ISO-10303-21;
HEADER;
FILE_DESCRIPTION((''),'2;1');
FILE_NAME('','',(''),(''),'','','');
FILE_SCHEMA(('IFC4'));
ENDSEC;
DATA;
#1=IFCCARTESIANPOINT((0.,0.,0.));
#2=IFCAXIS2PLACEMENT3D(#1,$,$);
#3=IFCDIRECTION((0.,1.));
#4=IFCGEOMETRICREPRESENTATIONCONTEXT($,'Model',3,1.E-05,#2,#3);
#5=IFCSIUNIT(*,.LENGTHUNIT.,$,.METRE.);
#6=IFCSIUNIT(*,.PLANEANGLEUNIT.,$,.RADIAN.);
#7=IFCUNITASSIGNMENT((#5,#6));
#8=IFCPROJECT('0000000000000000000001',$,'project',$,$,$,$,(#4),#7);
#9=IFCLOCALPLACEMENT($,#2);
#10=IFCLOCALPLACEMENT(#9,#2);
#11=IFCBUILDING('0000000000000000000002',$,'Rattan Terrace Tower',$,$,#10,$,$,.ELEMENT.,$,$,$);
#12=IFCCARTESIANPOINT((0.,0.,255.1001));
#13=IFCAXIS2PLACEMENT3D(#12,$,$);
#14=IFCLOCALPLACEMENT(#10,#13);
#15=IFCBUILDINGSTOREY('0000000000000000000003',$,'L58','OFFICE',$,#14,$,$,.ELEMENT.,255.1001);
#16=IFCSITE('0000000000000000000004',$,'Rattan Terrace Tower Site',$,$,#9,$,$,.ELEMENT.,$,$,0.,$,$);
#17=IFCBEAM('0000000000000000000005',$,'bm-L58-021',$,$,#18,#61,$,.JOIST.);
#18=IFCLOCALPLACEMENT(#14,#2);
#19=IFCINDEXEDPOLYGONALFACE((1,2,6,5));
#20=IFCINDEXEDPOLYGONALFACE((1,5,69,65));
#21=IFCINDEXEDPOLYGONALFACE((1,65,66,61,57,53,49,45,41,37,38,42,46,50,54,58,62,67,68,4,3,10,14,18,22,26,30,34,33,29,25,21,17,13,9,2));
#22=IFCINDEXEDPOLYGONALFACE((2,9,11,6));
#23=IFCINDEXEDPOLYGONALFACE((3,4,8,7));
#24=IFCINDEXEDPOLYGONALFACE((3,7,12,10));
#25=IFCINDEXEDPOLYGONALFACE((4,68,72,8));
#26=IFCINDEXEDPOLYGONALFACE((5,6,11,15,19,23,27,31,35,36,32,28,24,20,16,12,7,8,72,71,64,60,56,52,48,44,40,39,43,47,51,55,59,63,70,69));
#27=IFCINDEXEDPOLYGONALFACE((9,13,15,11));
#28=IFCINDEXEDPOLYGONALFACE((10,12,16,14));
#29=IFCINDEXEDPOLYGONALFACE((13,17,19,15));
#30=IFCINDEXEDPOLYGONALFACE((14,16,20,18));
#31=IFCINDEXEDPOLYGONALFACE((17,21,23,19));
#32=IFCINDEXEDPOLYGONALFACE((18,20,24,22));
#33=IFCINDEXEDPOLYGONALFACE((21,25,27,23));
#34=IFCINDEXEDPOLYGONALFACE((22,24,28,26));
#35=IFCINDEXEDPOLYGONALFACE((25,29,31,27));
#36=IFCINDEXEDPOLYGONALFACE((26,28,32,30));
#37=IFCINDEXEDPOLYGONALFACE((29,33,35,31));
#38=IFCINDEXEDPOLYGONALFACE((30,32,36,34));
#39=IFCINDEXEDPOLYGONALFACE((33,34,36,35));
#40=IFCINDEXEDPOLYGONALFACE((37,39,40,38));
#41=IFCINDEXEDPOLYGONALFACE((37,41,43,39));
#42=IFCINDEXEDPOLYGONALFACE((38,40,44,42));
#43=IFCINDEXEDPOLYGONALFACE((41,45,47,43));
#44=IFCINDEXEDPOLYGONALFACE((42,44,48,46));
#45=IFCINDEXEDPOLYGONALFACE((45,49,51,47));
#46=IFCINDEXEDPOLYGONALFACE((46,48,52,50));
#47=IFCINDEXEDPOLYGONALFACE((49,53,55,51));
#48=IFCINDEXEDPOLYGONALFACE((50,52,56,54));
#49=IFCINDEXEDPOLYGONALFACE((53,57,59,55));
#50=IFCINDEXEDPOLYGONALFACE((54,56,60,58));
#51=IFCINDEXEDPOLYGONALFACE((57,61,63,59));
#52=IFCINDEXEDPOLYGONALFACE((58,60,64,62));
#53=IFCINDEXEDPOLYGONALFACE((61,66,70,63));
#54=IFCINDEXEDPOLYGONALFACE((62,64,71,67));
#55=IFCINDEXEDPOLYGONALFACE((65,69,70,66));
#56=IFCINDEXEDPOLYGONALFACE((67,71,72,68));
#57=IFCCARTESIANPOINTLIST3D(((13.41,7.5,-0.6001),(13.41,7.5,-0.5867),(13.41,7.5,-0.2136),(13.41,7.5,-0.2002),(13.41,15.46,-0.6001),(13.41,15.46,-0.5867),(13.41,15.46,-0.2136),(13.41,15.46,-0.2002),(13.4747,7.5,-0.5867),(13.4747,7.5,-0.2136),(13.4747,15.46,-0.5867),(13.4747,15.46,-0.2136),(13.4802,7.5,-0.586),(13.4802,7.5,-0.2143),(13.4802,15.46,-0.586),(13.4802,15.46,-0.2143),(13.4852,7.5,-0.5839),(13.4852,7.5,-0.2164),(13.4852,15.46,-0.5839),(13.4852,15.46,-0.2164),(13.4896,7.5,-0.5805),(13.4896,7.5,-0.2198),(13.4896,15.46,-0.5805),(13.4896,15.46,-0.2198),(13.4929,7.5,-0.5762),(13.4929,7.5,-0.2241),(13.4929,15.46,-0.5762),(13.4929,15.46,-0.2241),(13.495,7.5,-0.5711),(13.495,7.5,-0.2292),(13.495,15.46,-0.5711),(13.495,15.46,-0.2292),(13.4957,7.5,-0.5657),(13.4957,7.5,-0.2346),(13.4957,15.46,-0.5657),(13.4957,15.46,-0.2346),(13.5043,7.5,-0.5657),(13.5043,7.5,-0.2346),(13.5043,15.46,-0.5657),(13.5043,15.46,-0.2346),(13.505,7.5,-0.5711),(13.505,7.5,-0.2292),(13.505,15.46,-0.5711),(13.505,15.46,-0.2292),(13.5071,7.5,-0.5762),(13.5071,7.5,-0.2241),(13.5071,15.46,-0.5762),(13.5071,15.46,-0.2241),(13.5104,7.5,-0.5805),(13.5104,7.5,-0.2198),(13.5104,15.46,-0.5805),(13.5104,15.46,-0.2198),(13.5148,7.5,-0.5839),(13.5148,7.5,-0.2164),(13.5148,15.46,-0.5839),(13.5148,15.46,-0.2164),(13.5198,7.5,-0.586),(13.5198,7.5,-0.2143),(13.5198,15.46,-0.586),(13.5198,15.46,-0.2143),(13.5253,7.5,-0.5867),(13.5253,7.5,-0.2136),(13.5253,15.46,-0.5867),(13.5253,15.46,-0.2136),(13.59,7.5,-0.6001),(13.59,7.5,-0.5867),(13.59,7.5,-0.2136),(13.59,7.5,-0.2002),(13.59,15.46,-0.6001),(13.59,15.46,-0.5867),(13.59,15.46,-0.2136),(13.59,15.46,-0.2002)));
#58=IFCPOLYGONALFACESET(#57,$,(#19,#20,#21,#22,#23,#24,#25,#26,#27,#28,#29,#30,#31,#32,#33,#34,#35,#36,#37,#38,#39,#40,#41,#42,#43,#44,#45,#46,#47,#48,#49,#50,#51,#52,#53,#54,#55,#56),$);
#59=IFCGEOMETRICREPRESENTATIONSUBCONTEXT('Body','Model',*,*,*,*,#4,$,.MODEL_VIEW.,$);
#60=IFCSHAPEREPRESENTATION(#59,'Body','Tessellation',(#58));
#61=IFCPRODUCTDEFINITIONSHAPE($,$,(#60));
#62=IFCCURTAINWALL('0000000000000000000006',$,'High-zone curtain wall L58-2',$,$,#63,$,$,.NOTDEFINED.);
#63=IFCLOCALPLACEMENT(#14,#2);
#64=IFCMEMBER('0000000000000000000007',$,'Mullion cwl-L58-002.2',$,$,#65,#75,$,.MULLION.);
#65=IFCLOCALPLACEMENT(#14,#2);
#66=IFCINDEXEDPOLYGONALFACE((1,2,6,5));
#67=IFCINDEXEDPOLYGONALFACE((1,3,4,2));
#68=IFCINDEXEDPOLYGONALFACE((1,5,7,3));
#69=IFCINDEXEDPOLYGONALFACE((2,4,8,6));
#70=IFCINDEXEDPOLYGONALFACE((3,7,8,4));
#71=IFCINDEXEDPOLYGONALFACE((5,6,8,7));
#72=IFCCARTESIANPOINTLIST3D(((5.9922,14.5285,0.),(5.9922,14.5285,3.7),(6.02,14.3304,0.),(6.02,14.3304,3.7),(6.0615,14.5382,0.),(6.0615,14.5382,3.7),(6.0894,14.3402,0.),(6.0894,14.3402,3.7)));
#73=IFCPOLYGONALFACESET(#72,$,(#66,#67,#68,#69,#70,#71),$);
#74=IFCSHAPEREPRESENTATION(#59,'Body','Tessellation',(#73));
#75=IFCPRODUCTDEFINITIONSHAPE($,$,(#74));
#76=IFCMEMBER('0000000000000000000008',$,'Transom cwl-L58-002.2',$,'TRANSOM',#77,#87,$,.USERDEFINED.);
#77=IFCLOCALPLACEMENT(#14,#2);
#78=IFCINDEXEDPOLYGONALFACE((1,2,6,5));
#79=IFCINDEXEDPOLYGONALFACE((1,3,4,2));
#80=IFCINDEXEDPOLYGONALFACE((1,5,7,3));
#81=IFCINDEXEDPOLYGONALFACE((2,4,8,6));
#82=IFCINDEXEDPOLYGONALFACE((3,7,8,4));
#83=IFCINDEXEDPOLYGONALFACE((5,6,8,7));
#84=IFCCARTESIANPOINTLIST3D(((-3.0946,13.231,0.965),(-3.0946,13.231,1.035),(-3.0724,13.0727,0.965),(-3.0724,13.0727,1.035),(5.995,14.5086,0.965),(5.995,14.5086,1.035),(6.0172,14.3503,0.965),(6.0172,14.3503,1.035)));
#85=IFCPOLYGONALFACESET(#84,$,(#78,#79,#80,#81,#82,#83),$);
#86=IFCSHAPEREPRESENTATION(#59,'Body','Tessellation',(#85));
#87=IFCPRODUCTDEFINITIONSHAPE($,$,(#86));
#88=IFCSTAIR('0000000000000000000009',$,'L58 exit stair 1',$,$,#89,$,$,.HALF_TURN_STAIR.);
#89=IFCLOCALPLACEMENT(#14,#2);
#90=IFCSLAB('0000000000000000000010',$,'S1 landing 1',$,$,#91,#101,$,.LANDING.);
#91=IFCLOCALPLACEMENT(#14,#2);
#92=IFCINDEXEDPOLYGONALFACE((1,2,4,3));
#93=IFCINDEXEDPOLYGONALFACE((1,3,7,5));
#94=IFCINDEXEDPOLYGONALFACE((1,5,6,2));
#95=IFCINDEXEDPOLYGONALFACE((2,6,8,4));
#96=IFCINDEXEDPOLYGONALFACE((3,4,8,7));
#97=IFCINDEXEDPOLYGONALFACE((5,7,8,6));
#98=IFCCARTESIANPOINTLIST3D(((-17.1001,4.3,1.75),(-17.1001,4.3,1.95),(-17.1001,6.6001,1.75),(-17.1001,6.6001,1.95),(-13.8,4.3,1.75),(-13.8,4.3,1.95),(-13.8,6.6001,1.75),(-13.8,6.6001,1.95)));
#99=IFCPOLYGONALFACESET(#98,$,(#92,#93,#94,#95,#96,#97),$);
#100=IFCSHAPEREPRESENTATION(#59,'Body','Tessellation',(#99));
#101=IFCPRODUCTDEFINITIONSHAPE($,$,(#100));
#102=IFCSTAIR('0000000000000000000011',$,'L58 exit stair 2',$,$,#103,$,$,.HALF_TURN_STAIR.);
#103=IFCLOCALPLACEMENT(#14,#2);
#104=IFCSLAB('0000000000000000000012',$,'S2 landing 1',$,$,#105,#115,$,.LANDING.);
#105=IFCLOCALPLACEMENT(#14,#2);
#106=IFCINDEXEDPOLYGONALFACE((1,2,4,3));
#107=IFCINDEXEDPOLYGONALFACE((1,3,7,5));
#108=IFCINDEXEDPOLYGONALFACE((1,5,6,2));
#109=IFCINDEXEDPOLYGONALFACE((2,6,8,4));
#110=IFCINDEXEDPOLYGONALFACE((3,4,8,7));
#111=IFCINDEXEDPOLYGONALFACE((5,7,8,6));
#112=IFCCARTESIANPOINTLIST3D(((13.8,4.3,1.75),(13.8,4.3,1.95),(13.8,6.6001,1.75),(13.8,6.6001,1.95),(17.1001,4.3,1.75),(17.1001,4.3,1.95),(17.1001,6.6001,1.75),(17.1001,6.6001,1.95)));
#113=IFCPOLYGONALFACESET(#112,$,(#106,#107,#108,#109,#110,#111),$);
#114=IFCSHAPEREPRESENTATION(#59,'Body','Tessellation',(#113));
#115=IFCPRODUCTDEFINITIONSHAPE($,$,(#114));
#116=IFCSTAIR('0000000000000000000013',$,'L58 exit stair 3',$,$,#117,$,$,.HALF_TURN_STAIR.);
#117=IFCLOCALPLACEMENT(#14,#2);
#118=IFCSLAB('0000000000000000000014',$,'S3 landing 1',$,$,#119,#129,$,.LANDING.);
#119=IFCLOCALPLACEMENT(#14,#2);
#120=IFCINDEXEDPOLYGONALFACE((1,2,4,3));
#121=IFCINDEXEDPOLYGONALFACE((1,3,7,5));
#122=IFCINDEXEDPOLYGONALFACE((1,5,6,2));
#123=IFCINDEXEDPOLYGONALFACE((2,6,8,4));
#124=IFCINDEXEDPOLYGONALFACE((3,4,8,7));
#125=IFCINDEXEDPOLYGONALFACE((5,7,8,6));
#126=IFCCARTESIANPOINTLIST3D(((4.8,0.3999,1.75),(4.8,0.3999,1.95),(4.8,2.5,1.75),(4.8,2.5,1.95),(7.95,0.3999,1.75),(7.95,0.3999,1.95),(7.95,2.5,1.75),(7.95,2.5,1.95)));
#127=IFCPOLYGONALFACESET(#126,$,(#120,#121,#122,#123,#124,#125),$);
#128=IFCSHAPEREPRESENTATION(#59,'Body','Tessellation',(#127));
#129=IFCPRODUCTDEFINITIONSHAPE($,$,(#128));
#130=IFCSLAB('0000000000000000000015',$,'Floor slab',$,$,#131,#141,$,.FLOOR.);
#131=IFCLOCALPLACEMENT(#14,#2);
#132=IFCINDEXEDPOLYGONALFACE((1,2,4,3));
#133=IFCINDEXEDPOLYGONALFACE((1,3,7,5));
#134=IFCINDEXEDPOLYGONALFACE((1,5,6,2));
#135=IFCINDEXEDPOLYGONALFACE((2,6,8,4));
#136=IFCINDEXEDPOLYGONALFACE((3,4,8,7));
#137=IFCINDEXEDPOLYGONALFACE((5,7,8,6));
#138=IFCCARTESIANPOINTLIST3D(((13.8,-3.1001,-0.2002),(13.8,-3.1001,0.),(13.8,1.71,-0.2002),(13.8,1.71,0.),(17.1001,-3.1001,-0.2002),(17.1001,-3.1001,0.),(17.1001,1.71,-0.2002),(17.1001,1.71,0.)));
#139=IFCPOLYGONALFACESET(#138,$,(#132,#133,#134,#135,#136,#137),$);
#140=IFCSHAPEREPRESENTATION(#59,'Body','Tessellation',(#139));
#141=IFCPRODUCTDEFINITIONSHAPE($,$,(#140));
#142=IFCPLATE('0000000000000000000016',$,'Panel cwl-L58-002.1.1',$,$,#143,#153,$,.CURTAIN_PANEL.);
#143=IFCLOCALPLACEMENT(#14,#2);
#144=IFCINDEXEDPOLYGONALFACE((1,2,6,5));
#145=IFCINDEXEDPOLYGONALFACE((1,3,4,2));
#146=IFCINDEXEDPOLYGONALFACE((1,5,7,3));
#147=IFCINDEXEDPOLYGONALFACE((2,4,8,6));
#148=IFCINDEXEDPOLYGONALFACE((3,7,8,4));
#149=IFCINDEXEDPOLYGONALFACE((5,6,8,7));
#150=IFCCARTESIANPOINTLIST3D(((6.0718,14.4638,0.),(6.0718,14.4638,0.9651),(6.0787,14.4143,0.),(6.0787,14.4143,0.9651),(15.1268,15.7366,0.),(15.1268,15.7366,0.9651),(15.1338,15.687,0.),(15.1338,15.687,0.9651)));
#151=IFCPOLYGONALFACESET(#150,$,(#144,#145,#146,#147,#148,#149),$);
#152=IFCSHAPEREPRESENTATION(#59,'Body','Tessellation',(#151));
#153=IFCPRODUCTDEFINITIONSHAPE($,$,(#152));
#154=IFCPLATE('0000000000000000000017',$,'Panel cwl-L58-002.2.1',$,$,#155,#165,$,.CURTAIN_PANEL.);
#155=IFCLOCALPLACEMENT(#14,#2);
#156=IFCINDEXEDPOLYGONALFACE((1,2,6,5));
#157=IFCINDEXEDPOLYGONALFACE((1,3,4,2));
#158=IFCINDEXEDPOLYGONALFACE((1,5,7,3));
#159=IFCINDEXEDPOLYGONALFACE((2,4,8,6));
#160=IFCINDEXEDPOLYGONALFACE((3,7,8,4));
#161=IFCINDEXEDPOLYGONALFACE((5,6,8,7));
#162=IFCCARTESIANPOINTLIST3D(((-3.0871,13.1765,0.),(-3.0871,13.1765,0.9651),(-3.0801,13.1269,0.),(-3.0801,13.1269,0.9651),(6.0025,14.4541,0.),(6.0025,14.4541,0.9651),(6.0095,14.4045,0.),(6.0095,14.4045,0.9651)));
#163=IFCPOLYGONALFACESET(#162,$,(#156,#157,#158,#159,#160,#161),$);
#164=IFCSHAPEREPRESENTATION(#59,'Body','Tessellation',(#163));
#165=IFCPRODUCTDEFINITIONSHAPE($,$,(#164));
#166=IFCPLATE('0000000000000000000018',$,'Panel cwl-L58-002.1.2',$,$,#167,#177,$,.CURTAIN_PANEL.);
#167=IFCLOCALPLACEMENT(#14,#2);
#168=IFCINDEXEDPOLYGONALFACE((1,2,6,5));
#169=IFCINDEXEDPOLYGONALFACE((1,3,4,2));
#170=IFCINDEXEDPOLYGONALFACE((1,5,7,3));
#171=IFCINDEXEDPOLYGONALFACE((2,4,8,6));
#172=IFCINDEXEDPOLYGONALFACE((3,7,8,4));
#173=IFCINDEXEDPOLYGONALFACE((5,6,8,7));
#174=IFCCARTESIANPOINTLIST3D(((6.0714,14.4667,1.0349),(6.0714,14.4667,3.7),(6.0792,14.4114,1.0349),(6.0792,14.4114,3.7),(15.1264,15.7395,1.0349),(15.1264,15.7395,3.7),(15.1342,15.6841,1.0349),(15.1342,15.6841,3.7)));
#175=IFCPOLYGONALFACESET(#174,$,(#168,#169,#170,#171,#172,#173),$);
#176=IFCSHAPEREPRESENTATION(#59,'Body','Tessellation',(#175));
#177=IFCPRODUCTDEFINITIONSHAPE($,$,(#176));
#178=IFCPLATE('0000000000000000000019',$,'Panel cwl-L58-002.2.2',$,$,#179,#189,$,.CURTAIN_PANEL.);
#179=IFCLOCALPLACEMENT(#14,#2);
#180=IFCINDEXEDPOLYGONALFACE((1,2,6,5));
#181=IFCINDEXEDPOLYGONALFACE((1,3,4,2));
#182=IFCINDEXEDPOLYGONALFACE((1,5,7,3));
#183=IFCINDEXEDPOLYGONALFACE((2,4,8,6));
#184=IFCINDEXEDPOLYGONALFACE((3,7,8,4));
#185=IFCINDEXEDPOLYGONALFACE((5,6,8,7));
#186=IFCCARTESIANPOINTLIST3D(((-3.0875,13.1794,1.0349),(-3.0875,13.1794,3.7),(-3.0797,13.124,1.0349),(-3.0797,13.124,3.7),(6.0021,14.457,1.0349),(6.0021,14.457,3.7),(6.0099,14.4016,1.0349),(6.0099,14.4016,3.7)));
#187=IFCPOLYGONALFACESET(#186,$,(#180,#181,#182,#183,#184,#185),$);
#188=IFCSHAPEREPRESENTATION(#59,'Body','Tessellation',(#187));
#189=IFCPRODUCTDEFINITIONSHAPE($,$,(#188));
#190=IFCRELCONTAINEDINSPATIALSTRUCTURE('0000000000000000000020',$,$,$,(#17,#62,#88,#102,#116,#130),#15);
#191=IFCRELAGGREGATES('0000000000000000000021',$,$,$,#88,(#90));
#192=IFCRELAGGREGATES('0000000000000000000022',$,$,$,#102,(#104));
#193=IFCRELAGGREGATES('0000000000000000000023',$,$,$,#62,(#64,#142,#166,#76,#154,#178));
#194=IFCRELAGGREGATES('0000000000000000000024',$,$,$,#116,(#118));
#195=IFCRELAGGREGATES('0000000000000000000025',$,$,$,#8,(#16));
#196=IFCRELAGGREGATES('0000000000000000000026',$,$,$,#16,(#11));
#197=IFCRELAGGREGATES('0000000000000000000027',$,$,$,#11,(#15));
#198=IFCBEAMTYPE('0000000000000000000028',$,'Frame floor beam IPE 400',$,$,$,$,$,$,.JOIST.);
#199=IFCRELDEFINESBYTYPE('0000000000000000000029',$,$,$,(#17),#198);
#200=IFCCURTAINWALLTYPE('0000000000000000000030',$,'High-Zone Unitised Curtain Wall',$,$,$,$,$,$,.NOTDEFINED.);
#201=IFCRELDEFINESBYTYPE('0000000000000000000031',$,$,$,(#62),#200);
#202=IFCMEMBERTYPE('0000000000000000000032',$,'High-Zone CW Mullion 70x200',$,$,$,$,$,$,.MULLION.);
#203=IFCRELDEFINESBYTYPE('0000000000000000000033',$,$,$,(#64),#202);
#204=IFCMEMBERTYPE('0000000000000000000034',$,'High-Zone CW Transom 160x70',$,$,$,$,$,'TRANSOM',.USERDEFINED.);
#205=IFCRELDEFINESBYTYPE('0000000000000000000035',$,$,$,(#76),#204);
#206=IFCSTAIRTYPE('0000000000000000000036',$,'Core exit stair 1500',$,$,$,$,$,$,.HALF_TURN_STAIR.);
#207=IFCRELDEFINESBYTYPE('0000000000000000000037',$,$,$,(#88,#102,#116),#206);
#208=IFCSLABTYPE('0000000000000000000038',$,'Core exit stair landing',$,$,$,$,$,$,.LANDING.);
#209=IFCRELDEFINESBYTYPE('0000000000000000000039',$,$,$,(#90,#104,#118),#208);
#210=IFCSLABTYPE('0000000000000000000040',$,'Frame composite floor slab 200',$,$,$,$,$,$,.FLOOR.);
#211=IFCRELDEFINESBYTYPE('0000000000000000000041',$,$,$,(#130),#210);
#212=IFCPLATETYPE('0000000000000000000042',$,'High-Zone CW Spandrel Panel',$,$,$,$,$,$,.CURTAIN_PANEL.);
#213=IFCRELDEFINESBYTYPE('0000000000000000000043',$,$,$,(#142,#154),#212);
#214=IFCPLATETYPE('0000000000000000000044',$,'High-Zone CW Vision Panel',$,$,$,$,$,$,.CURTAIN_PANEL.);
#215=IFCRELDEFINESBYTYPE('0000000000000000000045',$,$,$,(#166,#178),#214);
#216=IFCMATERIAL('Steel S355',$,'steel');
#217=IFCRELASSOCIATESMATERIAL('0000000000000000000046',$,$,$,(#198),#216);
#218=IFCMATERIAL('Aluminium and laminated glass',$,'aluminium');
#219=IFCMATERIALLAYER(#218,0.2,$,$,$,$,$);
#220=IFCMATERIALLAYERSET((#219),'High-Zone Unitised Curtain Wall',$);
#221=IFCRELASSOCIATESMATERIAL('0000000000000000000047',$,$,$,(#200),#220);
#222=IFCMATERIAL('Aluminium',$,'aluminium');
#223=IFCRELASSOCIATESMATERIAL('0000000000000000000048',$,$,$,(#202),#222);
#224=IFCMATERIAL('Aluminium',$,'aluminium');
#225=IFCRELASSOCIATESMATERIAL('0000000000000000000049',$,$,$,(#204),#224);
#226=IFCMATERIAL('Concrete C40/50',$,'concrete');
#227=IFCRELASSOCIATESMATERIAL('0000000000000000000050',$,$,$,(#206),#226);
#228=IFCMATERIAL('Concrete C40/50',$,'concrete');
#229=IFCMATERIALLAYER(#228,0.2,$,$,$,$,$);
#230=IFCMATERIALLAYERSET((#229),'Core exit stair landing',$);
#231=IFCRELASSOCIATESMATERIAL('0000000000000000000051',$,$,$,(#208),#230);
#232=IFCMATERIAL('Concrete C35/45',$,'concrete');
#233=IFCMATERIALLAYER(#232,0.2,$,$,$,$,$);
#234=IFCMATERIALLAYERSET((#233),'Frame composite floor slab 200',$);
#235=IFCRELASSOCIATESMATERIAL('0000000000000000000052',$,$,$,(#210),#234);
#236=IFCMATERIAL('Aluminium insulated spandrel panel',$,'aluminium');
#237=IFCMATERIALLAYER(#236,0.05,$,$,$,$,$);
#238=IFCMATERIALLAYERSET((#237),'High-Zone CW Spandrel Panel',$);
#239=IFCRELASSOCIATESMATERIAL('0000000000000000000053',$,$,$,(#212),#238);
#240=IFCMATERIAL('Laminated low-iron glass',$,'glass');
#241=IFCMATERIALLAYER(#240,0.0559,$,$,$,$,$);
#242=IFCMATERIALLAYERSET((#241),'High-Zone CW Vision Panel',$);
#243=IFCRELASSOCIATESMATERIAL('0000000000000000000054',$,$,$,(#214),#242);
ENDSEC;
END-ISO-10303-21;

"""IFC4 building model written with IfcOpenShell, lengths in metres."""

from ifc_helpers import new_model, si_unit, direction, frame, origin, origin_2d, place, context, subcontext, project, spatial, polyline, rectangle, i_section, outline, extrude, material, layer, layer_set, material_profile, profile_set, type_object, element, aggregate, save


model = new_model("IFC4")

# Units and contexts
model_context = context("Model", 3, precision=1e-05, world=origin(), true_north=direction((0.0, 1.0)))
body_context = subcontext(model_context, "Body", "Model", "MODEL_VIEW")
ifc_project = project(units=[si_unit("LENGTHUNIT", "METRE"), si_unit("PLANEANGLEUNIT", "RADIAN")], contexts=[model_context])

# Site, building, storey
site_placement = place(None, origin())
site = spatial("IfcSite", under=ifc_project, at=site_placement, Name="Rattan Terrace Tower Site", CompositionType="ELEMENT", RefElevation=0.0)
building_placement = place(site_placement, origin())
building = spatial("IfcBuilding", under=site, at=building_placement, Name="Rattan Terrace Tower", CompositionType="ELEMENT")
storey_placement = place(building_placement, frame((0.0, 0.0, 255.1001)))
storey = spatial("IfcBuildingStorey", under=building, at=storey_placement, Name="L58", Description="OFFICE", CompositionType="ELEMENT", Elevation=255.1001)

# Beam
ifc_material_1 = material(Name="Steel S355", Category="steel")
ifc_material_profile_1 = material_profile(ifc_material_1, i_section(OverallWidth=0.1799, OverallDepth=0.3999, WebThickness=0.0085, FlangeThickness=0.0134, FilletRadius=0.021, at=origin_2d()), Name="IPE 400")
ifc_profile_set_1 = profile_set([ifc_material_profile_1], Name="Steel S355")
beam_type_1 = type_object("IfcBeamType", Name="Frame floor beam IPE 400", PredefinedType="JOIST", material=ifc_profile_set_1)
beam_1_placement = place(storey_placement, frame((13.5, 7.5, -0.4001), z_axis=(0.0, 1.0, 0.0), x_axis=(-1.0, 0.0, 0.0)))
element("IfcBeam", 1, at=beam_1_placement, inside=storey, type_object=beam_type_1, Name="bm-L58-021", PredefinedType="JOIST", context=body_context, shape_type="SweptSolid", body=[
    extrude(i_section(OverallWidth=0.1799, OverallDepth=0.3999, WebThickness=0.0085, FlangeThickness=0.0134, FilletRadius=0.021, at=origin_2d()), origin(), (0.0, 0.0, 1.0), 7.96),
])

# Curtain wall, members
ifc_material_2 = material(Name="Aluminium and laminated glass", Category="aluminium")
ifc_layer_1 = layer(ifc_material_2, 0.2)
ifc_layer_set_1 = layer_set([ifc_layer_1], Name="High-Zone Unitised Curtain Wall")
curtain_wall_type = type_object("IfcCurtainWallType", Name="High-Zone Unitised Curtain Wall", PredefinedType="NOTDEFINED", material=ifc_layer_set_1)
curtain_wall_placement = place(storey_placement, origin())
curtain_wall = element("IfcCurtainWall", 2, at=curtain_wall_placement, inside=storey, type_object=curtain_wall_type, Name="High-zone curtain wall L58-2", PredefinedType="NOTDEFINED")
ifc_material_3 = material(Name="Aluminium", Category="aluminium")
ifc_material_profile_2 = material_profile(ifc_material_3, rectangle(XDim=0.0701, YDim=0.2, at=origin_2d()), Name="Aluminium 70x200")
ifc_profile_set_2 = profile_set([ifc_material_profile_2], Name="Aluminium")
member_type_1 = type_object("IfcMemberType", Name="High-Zone CW Mullion 70x200", PredefinedType="MULLION", material=ifc_profile_set_2)
member_1_placement = place(storey_placement, frame((6.0408, 14.4343, 0.0), z_axis=(0.0, 0.0, 1.0), x_axis=(-0.990266, -0.139189, 0.0)))
member_1 = element("IfcMember", 3, at=member_1_placement, type_object=member_type_1, Name="Mullion cwl-L58-002.2", PredefinedType="MULLION", context=body_context, shape_type="SweptSolid", body=[
    extrude(rectangle(XDim=0.0701, YDim=0.2, at=origin_2d()), origin(), (0.0, 0.0, 1.0), 3.7),
])
ifc_material_4 = material(Name="Aluminium", Category="aluminium")
ifc_material_profile_3 = material_profile(ifc_material_4, rectangle(XDim=0.1599, YDim=0.0701, at=origin_2d()), Name="Aluminium 160x70")
ifc_profile_set_3 = profile_set([ifc_material_profile_3], Name="Aluminium")
member_type_2 = type_object("IfcMemberType", Name="High-Zone CW Transom 160x70", ElementType="TRANSOM", PredefinedType="USERDEFINED", material=ifc_profile_set_3)
member_2_placement = place(storey_placement, frame((6.0061, 14.4294, 1.0), z_axis=(-0.990266, -0.139187, 0.0), x_axis=(0.139187, -0.990266, 0.0)))
member_2 = element("IfcMember", 4, at=member_2_placement, type_object=member_type_2, Name="Transom cwl-L58-002.2", ObjectType="TRANSOM", PredefinedType="USERDEFINED", context=body_context, shape_type="SweptSolid", body=[
    extrude(rectangle(XDim=0.1599, YDim=0.0701, at=origin_2d()), origin(), (0.0, 0.0, 1.0), 9.179),
])

# Stairs, slabs
ifc_material_5 = material(Name="Concrete C40/50", Category="concrete")
stair_type = type_object("IfcStairType", Name="Core exit stair 1500", PredefinedType="HALF_TURN_STAIR", material=ifc_material_5)
stair_1_placement = place(storey_placement, origin())
stair_1 = element("IfcStair", 5, at=stair_1_placement, inside=storey, type_object=stair_type, Name="L58 exit stair 1", PredefinedType="HALF_TURN_STAIR")
ifc_material_6 = material(Name="Concrete C40/50", Category="concrete")
ifc_layer_2 = layer(ifc_material_6, 0.2)
ifc_layer_set_2 = layer_set([ifc_layer_2], Name="Core exit stair landing")
slab_type_1 = type_object("IfcSlabType", Name="Core exit stair landing", PredefinedType="LANDING", material=ifc_layer_set_2)
slab_1_placement = place(storey_placement, frame((0.0, 0.0, 1.75)))
slab_1 = element("IfcSlab", 6, at=slab_1_placement, type_object=slab_type_1, Name="S1 landing 1", PredefinedType="LANDING", context=body_context, shape_type="SweptSolid", body=[
    extrude(outline(polyline([(-13.8, 4.3), (-13.8, 6.6001), (-17.1001, 6.6001), (-17.1001, 4.3), (-13.8, 4.3)])), origin(), (0.0, 0.0, 1.0), 0.2),
])
aggregate(stair_1, [slab_1])
stair_2_placement = place(storey_placement, origin())
stair_2 = element("IfcStair", 7, at=stair_2_placement, inside=storey, type_object=stair_type, Name="L58 exit stair 2", PredefinedType="HALF_TURN_STAIR")
slab_2_placement = place(storey_placement, frame((0.0, 0.0, 1.75)))
slab_2 = element("IfcSlab", 8, at=slab_2_placement, type_object=slab_type_1, Name="S2 landing 1", PredefinedType="LANDING", context=body_context, shape_type="SweptSolid", body=[
    extrude(outline(polyline([(17.1001, 4.3), (17.1001, 6.6001), (13.8, 6.6001), (13.8, 4.3), (17.1001, 4.3)])), origin(), (0.0, 0.0, 1.0), 0.2),
])
aggregate(stair_2, [slab_2])
stair_3_placement = place(storey_placement, origin())
stair_3 = element("IfcStair", 9, at=stair_3_placement, inside=storey, type_object=stair_type, Name="L58 exit stair 3", PredefinedType="HALF_TURN_STAIR")
slab_3_placement = place(storey_placement, frame((0.0, 0.0, 1.75)))
slab_3 = element("IfcSlab", 10, at=slab_3_placement, type_object=slab_type_1, Name="S3 landing 1", PredefinedType="LANDING", context=body_context, shape_type="SweptSolid", body=[
    extrude(outline(polyline([(4.8, 2.5), (4.8, 0.3999), (7.95, 0.3999), (7.95, 2.5), (4.8, 2.5)])), origin(), (0.0, 0.0, 1.0), 0.2),
])

# Slab
ifc_material_7 = material(Name="Concrete C35/45", Category="concrete")
ifc_layer_3 = layer(ifc_material_7, 0.2)
ifc_layer_set_3 = layer_set([ifc_layer_3], Name="Frame composite floor slab 200")
slab_type_2 = type_object("IfcSlabType", Name="Frame composite floor slab 200", PredefinedType="FLOOR", material=ifc_layer_set_3)
slab_4_placement = place(storey_placement, frame((0.0, 0.0, -0.2002)))
element("IfcSlab", 11, at=slab_4_placement, inside=storey, type_object=slab_type_2, Name="Floor slab", PredefinedType="FLOOR", context=body_context, shape_type="SweptSolid", body=[
    extrude(outline(polyline([(13.8, -3.1001), (17.1001, -3.1001), (17.1001, 1.71), (13.8, 1.71), (13.8, -3.1001)])), origin(), (0.0, 0.0, 1.0), 0.2002),
])

# Plates
ifc_material_8 = material(Name="Aluminium insulated spandrel panel", Category="aluminium")
ifc_layer_4 = layer(ifc_material_8, 0.05)
ifc_layer_set_4 = layer_set([ifc_layer_4], Name="High-Zone CW Spandrel Panel")
plate_type_1 = type_object("IfcPlateType", Name="High-Zone CW Spandrel Panel", PredefinedType="CURTAIN_PANEL", material=ifc_layer_set_4)
plate_1_placement = place(storey_placement, frame((10.6028, 15.0754, 0.0), z_axis=(0.0, 0.0, 1.0), x_axis=(-0.990266, -0.139189, 0.0)))
plate_1 = element("IfcPlate", 12, at=plate_1_placement, type_object=plate_type_1, Name="Panel cwl-L58-002.1.1", PredefinedType="CURTAIN_PANEL", context=body_context, shape_type="SweptSolid", body=[
    extrude(rectangle(XDim=9.144, YDim=0.05, at=origin_2d()), origin(), (0.0, 0.0, 1.0), 0.9651),
])
plate_2_placement = place(storey_placement, frame((1.4612, 13.7905, 0.0), z_axis=(0.0, 0.0, 1.0), x_axis=(-0.990266, -0.139189, 0.0)))
plate_2 = element("IfcPlate", 13, at=plate_2_placement, type_object=plate_type_1, Name="Panel cwl-L58-002.2.1", PredefinedType="CURTAIN_PANEL", context=body_context, shape_type="SweptSolid", body=[
    extrude(rectangle(XDim=9.179, YDim=0.05, at=origin_2d()), origin(), (0.0, 0.0, 1.0), 0.9651),
])
ifc_material_9 = material(Name="Laminated low-iron glass", Category="glass")
ifc_layer_5 = layer(ifc_material_9, 0.0559)
ifc_layer_set_5 = layer_set([ifc_layer_5], Name="High-Zone CW Vision Panel")
plate_type_2 = type_object("IfcPlateType", Name="High-Zone CW Vision Panel", PredefinedType="CURTAIN_PANEL", material=ifc_layer_set_5)
plate_3_placement = place(storey_placement, frame((10.6028, 15.0754, 1.0349), z_axis=(0.0, 0.0, 1.0), x_axis=(-0.990266, -0.139189, 0.0)))
plate_3 = element("IfcPlate", 14, at=plate_3_placement, type_object=plate_type_2, Name="Panel cwl-L58-002.1.2", PredefinedType="CURTAIN_PANEL", context=body_context, shape_type="SweptSolid", body=[
    extrude(rectangle(XDim=9.144, YDim=0.0559, at=origin_2d()), origin(), (0.0, 0.0, 1.0), 2.665),
])
plate_4_placement = place(storey_placement, frame((1.4612, 13.7905, 1.0349), z_axis=(0.0, 0.0, 1.0), x_axis=(-0.990266, -0.139189, 0.0)))
plate_4 = element("IfcPlate", 15, at=plate_4_placement, type_object=plate_type_2, Name="Panel cwl-L58-002.2.2", PredefinedType="CURTAIN_PANEL", context=body_context, shape_type="SweptSolid", body=[
    extrude(rectangle(XDim=9.179, YDim=0.0559, at=origin_2d()), origin(), (0.0, 0.0, 1.0), 2.665),
])
aggregate(curtain_wall, [member_1, plate_1, plate_3, member_2, plate_2, plate_4])

aggregate(stair_3, [slab_3])

save(model, "model.ifc")
